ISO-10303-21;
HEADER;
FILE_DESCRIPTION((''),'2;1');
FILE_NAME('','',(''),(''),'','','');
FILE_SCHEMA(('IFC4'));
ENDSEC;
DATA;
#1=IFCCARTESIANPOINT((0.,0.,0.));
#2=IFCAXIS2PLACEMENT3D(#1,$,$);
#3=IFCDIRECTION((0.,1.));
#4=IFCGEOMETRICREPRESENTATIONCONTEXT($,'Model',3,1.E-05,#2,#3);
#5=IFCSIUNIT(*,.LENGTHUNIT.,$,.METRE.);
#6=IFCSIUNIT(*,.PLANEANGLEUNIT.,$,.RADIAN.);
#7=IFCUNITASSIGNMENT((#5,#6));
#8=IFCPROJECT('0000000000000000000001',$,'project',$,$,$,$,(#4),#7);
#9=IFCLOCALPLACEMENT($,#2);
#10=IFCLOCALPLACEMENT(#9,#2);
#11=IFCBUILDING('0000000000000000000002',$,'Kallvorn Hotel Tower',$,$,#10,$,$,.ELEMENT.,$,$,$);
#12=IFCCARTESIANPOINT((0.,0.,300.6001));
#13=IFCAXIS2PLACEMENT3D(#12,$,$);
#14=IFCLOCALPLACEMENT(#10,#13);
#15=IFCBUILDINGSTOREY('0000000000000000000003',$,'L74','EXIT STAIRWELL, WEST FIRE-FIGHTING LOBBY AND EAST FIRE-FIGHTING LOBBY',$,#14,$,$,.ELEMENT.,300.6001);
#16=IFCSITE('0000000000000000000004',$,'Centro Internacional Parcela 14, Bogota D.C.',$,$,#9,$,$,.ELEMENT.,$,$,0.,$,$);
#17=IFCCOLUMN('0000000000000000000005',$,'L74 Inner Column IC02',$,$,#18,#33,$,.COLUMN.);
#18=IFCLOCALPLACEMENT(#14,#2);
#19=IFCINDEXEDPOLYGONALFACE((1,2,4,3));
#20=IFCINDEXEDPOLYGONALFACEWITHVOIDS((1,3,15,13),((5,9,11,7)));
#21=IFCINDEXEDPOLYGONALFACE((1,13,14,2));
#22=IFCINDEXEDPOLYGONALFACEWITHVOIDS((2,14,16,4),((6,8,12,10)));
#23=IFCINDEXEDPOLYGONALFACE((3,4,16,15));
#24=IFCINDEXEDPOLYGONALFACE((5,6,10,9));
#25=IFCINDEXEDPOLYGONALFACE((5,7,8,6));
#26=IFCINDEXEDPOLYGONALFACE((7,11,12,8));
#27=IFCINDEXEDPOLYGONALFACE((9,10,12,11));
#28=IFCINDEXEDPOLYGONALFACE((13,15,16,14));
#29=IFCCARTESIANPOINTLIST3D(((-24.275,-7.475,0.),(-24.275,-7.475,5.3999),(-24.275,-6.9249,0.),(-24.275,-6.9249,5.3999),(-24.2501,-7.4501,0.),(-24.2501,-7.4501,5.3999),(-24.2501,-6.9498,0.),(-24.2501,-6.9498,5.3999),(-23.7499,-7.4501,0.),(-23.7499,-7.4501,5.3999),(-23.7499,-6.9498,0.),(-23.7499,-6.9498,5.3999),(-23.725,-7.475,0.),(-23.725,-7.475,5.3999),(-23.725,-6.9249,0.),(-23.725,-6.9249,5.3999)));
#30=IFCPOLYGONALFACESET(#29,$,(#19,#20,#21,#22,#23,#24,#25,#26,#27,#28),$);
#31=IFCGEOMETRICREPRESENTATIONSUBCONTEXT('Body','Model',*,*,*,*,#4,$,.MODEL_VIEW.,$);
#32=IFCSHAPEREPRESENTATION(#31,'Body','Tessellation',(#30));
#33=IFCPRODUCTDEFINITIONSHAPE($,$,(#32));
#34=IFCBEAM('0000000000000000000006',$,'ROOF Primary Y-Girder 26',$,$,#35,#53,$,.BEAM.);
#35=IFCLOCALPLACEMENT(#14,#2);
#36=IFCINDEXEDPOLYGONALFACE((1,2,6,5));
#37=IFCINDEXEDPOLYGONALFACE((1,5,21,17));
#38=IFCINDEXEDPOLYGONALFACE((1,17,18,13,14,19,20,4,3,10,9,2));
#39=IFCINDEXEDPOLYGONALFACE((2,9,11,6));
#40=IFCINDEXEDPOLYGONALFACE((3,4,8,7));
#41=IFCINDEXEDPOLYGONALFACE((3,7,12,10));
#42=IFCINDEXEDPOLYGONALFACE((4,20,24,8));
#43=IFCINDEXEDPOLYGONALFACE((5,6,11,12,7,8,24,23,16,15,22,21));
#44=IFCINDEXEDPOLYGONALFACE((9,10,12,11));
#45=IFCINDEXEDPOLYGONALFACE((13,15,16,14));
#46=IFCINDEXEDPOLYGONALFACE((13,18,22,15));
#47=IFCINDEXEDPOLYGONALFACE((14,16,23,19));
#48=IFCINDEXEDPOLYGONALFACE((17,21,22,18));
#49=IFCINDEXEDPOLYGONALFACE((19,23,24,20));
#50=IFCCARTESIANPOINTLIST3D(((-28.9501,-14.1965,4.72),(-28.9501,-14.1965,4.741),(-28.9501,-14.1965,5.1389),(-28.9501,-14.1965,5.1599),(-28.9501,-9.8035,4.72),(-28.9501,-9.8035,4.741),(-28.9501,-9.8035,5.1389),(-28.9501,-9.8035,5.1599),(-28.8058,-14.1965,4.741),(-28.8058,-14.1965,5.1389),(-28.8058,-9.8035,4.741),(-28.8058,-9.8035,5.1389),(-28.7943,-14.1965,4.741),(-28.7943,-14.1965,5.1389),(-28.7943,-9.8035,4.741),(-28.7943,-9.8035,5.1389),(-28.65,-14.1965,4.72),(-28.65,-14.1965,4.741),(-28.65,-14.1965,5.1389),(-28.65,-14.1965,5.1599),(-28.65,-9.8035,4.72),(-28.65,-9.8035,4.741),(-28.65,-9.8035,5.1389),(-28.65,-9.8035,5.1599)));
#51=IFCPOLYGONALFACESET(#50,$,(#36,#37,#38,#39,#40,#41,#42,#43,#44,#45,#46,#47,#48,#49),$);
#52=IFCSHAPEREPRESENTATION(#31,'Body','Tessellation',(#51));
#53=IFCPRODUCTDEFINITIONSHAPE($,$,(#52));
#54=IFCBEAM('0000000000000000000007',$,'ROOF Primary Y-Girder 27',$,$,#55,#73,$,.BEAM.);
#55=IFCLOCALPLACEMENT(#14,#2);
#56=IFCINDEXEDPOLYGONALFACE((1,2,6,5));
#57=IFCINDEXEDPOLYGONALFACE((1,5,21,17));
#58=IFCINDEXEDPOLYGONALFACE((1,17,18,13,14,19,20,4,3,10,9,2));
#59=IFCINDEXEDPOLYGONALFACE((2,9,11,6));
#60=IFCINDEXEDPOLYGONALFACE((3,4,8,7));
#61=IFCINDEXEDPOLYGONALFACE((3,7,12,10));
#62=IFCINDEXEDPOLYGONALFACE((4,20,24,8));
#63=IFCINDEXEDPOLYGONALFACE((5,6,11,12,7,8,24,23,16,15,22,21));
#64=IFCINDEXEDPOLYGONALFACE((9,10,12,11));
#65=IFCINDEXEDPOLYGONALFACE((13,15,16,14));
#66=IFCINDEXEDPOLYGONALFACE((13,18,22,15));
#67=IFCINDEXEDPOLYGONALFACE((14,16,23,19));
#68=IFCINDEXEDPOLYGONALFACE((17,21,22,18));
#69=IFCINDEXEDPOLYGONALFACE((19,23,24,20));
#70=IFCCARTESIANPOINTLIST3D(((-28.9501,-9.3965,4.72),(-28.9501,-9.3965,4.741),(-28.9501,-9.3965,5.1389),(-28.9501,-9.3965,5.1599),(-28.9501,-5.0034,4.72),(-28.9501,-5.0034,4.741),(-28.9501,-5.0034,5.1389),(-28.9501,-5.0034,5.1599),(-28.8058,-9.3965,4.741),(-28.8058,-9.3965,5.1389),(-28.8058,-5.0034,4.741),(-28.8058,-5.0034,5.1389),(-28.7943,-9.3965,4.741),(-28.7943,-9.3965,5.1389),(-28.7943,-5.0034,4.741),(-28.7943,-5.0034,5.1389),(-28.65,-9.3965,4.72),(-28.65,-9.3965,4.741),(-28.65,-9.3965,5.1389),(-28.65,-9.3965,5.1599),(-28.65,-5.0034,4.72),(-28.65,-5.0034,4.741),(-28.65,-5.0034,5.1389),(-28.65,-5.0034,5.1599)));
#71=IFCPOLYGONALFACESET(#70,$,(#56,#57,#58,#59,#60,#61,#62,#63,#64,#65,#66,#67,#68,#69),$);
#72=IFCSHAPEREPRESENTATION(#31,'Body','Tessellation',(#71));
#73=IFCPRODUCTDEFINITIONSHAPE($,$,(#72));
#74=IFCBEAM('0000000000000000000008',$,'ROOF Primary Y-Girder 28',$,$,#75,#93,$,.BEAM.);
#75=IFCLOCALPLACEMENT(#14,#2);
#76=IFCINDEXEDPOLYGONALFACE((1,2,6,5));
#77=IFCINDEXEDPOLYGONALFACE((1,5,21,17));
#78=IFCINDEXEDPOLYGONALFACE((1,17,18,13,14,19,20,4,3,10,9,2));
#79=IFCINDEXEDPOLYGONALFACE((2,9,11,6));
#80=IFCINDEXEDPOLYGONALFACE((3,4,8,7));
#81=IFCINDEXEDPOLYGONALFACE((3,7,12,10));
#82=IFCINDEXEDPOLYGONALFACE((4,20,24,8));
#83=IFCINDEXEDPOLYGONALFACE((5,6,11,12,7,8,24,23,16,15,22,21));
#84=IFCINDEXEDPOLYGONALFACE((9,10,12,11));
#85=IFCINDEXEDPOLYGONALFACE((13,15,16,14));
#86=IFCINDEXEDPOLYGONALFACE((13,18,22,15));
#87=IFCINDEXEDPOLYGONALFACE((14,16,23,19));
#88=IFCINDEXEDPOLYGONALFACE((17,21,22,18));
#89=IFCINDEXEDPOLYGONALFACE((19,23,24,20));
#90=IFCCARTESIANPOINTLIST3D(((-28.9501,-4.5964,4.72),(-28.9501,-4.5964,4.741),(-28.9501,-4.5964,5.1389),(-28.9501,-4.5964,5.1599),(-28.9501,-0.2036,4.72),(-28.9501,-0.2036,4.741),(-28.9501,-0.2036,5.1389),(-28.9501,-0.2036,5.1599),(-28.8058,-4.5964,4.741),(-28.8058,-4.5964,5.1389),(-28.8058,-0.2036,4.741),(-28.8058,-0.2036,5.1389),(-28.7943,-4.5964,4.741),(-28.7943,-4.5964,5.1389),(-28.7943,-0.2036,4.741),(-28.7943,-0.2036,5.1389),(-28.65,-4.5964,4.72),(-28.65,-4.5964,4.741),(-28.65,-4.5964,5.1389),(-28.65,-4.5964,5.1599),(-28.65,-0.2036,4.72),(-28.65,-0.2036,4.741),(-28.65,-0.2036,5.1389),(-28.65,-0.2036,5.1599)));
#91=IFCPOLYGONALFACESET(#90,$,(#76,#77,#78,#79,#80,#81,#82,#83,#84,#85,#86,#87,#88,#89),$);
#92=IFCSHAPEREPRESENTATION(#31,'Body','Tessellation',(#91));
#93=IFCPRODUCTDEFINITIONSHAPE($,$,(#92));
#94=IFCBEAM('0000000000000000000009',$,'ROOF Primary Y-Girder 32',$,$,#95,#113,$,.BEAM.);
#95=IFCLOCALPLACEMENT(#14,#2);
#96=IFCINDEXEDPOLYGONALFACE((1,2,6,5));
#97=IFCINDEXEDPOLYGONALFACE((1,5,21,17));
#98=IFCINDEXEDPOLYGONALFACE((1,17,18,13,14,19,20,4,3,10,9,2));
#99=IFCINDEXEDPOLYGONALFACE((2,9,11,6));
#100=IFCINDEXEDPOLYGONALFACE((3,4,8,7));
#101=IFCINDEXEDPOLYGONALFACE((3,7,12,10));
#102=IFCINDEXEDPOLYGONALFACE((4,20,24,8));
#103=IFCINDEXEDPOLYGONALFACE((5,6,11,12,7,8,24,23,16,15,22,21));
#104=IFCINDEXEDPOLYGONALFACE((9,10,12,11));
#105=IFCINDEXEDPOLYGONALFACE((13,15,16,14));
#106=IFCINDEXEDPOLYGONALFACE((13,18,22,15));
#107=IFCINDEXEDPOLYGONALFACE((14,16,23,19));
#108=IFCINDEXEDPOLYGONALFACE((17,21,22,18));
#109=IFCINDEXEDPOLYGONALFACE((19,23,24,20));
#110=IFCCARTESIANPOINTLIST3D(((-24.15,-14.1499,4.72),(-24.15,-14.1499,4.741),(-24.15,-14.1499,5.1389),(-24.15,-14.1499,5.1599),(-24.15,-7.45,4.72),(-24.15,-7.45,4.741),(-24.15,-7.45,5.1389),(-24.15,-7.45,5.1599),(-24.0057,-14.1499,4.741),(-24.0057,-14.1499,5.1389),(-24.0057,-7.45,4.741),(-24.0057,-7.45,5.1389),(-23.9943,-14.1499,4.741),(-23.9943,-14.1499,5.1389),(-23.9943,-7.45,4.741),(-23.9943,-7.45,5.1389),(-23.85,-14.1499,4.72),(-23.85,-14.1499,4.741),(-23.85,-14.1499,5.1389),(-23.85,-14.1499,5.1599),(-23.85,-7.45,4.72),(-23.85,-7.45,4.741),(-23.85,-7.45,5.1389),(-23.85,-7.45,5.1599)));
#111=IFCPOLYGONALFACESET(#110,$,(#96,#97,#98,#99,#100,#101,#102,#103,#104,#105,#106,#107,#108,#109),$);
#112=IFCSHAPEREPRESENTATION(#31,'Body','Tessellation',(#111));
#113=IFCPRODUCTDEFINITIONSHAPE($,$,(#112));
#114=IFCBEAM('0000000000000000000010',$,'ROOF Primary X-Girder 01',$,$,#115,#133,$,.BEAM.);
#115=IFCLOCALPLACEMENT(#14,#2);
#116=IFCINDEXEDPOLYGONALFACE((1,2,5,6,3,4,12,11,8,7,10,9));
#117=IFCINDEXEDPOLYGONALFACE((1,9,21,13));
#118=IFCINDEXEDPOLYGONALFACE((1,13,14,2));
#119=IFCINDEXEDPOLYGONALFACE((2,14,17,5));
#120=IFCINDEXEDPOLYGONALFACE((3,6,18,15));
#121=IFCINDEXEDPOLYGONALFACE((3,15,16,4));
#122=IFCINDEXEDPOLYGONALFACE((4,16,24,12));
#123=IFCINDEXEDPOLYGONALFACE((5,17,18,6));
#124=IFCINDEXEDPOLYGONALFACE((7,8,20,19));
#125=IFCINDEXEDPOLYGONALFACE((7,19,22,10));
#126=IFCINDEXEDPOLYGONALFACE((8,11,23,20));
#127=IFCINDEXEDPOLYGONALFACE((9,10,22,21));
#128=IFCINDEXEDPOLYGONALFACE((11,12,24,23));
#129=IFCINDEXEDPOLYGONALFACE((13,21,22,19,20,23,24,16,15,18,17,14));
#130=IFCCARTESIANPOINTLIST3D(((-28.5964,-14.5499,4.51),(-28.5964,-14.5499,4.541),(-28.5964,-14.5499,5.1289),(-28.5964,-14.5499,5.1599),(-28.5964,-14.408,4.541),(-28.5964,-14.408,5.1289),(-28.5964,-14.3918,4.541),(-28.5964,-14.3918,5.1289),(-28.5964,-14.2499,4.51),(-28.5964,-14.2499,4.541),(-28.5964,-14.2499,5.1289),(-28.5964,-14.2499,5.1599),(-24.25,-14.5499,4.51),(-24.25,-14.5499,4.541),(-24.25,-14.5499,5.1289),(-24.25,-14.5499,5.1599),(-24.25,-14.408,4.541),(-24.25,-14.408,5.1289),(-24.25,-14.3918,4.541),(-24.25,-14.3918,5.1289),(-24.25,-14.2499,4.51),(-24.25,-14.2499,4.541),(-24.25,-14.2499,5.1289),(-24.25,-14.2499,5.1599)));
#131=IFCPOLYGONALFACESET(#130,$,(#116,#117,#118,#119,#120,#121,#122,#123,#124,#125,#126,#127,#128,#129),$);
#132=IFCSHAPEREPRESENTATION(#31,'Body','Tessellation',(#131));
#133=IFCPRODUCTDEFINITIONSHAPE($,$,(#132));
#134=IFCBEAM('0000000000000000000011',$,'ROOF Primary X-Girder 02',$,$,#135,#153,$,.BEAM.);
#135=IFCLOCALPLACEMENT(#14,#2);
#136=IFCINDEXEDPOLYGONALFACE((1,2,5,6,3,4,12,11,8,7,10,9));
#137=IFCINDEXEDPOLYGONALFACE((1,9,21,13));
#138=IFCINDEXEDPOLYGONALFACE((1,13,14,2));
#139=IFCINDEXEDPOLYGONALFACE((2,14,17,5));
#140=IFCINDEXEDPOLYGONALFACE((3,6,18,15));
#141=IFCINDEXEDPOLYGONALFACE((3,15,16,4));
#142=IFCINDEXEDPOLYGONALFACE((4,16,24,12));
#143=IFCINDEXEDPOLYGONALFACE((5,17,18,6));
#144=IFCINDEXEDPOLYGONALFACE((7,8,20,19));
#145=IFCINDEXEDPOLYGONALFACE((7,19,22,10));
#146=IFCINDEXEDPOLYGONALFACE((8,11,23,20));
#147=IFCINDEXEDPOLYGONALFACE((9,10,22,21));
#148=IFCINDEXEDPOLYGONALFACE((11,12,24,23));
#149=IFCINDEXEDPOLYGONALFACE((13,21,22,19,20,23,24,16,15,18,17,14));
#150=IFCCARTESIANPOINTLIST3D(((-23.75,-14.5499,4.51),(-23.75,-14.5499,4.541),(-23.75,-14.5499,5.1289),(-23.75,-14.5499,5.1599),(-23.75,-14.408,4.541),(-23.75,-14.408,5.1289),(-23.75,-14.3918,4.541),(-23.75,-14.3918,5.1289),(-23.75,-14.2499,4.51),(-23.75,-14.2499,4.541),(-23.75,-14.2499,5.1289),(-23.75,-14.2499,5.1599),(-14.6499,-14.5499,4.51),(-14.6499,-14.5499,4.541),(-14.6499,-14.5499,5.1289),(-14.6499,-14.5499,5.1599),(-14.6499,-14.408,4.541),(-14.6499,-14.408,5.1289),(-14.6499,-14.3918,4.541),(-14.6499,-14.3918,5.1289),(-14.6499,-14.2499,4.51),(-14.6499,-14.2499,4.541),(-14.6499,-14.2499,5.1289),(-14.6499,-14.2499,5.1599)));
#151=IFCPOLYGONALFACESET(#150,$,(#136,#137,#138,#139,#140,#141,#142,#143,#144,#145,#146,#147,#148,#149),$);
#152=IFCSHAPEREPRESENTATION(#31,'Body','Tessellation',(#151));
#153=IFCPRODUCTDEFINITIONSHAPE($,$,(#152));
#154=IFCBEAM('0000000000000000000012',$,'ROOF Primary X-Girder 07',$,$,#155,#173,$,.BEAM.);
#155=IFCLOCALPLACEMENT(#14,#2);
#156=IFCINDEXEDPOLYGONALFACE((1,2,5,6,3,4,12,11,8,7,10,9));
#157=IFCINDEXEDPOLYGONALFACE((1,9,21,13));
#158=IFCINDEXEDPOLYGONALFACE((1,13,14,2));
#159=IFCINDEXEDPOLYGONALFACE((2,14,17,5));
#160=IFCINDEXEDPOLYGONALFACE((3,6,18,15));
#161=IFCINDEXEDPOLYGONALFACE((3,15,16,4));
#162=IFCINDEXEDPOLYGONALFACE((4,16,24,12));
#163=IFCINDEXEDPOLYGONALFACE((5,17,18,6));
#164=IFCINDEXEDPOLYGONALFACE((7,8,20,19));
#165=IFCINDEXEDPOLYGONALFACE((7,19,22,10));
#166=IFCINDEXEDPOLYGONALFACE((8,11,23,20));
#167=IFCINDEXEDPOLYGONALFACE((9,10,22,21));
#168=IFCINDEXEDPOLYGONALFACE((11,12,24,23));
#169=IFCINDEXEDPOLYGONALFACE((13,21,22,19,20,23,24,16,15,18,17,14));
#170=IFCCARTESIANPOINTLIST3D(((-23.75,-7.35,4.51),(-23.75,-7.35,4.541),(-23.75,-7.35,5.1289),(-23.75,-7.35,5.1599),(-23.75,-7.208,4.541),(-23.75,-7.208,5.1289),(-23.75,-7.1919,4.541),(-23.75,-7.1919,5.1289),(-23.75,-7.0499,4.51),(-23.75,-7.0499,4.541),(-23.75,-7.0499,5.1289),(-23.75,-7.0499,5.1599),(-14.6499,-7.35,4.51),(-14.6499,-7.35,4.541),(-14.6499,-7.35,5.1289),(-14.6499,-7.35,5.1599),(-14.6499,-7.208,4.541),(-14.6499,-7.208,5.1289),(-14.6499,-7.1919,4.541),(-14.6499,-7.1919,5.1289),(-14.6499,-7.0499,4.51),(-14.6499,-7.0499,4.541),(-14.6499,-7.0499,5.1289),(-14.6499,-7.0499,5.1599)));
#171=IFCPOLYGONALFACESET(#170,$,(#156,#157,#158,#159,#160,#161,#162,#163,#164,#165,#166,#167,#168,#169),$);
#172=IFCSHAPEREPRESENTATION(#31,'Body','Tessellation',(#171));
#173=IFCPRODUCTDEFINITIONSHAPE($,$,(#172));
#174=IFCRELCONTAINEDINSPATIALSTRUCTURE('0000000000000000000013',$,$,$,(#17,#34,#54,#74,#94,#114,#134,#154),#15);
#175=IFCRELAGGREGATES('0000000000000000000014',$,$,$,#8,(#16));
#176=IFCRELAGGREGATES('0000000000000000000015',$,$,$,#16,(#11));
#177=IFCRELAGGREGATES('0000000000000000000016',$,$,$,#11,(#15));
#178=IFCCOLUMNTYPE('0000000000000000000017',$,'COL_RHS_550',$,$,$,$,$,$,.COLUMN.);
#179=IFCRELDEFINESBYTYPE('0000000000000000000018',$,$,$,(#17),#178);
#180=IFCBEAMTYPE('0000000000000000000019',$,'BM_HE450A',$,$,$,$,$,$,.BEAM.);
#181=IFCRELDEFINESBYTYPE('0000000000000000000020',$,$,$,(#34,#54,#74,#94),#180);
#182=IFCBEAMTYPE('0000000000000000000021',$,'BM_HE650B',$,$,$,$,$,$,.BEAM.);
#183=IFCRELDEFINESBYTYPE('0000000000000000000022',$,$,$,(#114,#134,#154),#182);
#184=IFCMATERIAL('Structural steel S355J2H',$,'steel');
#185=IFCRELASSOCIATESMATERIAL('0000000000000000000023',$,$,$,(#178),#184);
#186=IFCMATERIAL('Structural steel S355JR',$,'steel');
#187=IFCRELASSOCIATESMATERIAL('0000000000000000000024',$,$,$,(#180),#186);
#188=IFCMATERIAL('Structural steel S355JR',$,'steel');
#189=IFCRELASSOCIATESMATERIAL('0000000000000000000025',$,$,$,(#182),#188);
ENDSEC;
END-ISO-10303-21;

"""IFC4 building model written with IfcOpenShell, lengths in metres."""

from ifc_helpers import new_model, si_unit, direction, frame, origin, origin_2d, place, context, subcontext, project, spatial, hollow_rectangle, i_section, extrude, material, material_profile, profile_set, type_object, element, save


model = new_model("IFC4")

# Units and contexts
model_context = context("Model", 3, precision=1e-05, world=origin(), true_north=direction((0.0, 1.0)))
body_context = subcontext(model_context, "Body", "Model", "MODEL_VIEW")
ifc_project = project(units=[si_unit("LENGTHUNIT", "METRE"), si_unit("PLANEANGLEUNIT", "RADIAN")], contexts=[model_context])

# Site, building, storey
site_placement = place(None, origin())
site = spatial("IfcSite", under=ifc_project, at=site_placement, Name="Centro Internacional Parcela 14, Bogota D.C.", CompositionType="ELEMENT", RefElevation=0.0)
building_placement = place(site_placement, origin())
building = spatial("IfcBuilding", under=site, at=building_placement, Name="Kallvorn Hotel Tower", CompositionType="ELEMENT")
storey_placement = place(building_placement, frame((0.0, 0.0, 300.6001)))
storey = spatial("IfcBuildingStorey", under=building, at=storey_placement, Name="L74", Description="EXIT STAIRWELL, WEST FIRE-FIGHTING LOBBY AND EAST FIRE-FIGHTING LOBBY", CompositionType="ELEMENT", Elevation=300.6001)

# Column
ifc_material_1 = material(Name="Structural steel S355J2H", Category="steel")
ifc_material_profile_1 = material_profile(ifc_material_1, hollow_rectangle(XDim=0.55, YDim=0.55, WallThickness=0.0249, at=origin_2d()), Name="RHS 550x550x25")
ifc_profile_set_1 = profile_set([ifc_material_profile_1], Name="Structural steel S355J2H")
column_type_1 = type_object("IfcColumnType", Name="COL_RHS_550", PredefinedType="COLUMN", material=ifc_profile_set_1)
for number, where, z_axis, x_axis, name in (
    (1, (-24.0, -7.2, 0.0), (0.0, 0.0, 1.0), (1.0, 0.0, 0.0), "L74 Inner Column IC02"),
):
    element("IfcColumn", number, at=place(storey_placement, frame(where, z_axis=z_axis, x_axis=x_axis)), inside=storey, type_object=column_type_1, Name=name, PredefinedType="COLUMN", context=body_context, shape_type="SweptSolid", body=[
        extrude(hollow_rectangle(XDim=0.55, YDim=0.55, WallThickness=0.0249, at=origin_2d()), origin(), (0.0, 0.0, 1.0), 5.3999),
    ])

# Beams
ifc_material_2 = material(Name="Structural steel S355JR", Category="steel")
ifc_material_profile_2 = material_profile(ifc_material_2, i_section(OverallWidth=0.3, OverallDepth=0.4399, WebThickness=0.0115, FlangeThickness=0.021, at=origin_2d()), Name="HE 450 A")
ifc_profile_set_2 = profile_set([ifc_material_profile_2], Name="Structural steel S355JR")
beam_type_1 = type_object("IfcBeamType", Name="BM_HE450A", PredefinedType="BEAM", material=ifc_profile_set_2)
for number, where, z_axis, x_axis, name in (
    (2, (-28.8, -14.1965, 4.9399), (0.0, 1.0, 0.0), (-1.0, 0.0, 0.0), "ROOF Primary Y-Girder 26"),
    (3, (-28.8, -9.3965, 4.9399), (0.0, 1.0, 0.0), (-1.0, 0.0, 0.0), "ROOF Primary Y-Girder 27"),
):
    element("IfcBeam", number, at=place(storey_placement, frame(where, z_axis=z_axis, x_axis=x_axis)), inside=storey, type_object=beam_type_1, Name=name, PredefinedType="BEAM", context=body_context, shape_type="SweptSolid", body=[
        extrude(i_section(OverallWidth=0.3, OverallDepth=0.4399, WebThickness=0.0115, FlangeThickness=0.021, at=origin_2d()), origin(), (0.0, 0.0, 1.0), 4.3931),
    ])
beam_1_placement = place(storey_placement, frame((-28.8, -4.5964, 4.9399), z_axis=(0.0, 1.0, 0.0), x_axis=(-1.0, 0.0, 0.0)))
element("IfcBeam", 4, at=beam_1_placement, inside=storey, type_object=beam_type_1, Name="ROOF Primary Y-Girder 28", PredefinedType="BEAM", context=body_context, shape_type="SweptSolid", body=[
    extrude(i_section(OverallWidth=0.3, OverallDepth=0.4399, WebThickness=0.0115, FlangeThickness=0.021, at=origin_2d()), origin(), (0.0, 0.0, 1.0), 4.3928),
])
beam_2_placement = place(storey_placement, frame((-24.0, -14.1499, 4.9399), z_axis=(0.0, 1.0, 0.0), x_axis=(-1.0, 0.0, 0.0)))
element("IfcBeam", 5, at=beam_2_placement, inside=storey, type_object=beam_type_1, Name="ROOF Primary Y-Girder 32", PredefinedType="BEAM", context=body_context, shape_type="SweptSolid", body=[
    extrude(i_section(OverallWidth=0.3, OverallDepth=0.4399, WebThickness=0.0115, FlangeThickness=0.021, at=origin_2d()), origin(), (0.0, 0.0, 1.0), 6.7),
])
ifc_material_3 = material(Name="Structural steel S355JR", Category="steel")
ifc_material_profile_3 = material_profile(ifc_material_3, i_section(OverallWidth=0.3, OverallDepth=0.6499, WebThickness=0.0161, FlangeThickness=0.031, at=origin_2d()), Name="HE 650 B")
ifc_profile_set_3 = profile_set([ifc_material_profile_3], Name="Structural steel S355JR")
beam_type_2 = type_object("IfcBeamType", Name="BM_HE650B", PredefinedType="BEAM", material=ifc_profile_set_3)
beam_3_placement = place(storey_placement, frame((-28.5964, -14.3999, 4.835), z_axis=(1.0, 0.0, 0.0), x_axis=(0.0, 1.0, 0.0)))
element("IfcBeam", 6, at=beam_3_placement, inside=storey, type_object=beam_type_2, Name="ROOF Primary X-Girder 01", PredefinedType="BEAM", context=body_context, shape_type="SweptSolid", body=[
    extrude(i_section(OverallWidth=0.3, OverallDepth=0.6499, WebThickness=0.0161, FlangeThickness=0.031, at=origin_2d()), origin(), (0.0, 0.0, 1.0), 4.3464),
])
for number, where, z_axis, x_axis, name in (
    (7, (-23.75, -14.3999, 4.835), (1.0, 0.0, 0.0), (0.0, 1.0, 0.0), "ROOF Primary X-Girder 02"),
    (8, (-23.75, -7.2, 4.835), (1.0, 0.0, 0.0), (0.0, 1.0, 0.0), "ROOF Primary X-Girder 07"),
):
    element("IfcBeam", number, at=place(storey_placement, frame(where, z_axis=z_axis, x_axis=x_axis)), inside=storey, type_object=beam_type_2, Name=name, PredefinedType="BEAM", context=body_context, shape_type="SweptSolid", body=[
        extrude(i_section(OverallWidth=0.3, OverallDepth=0.6499, WebThickness=0.0161, FlangeThickness=0.031, at=origin_2d()), origin(), (0.0, 0.0, 1.0), 9.1001),
    ])

save(model, "model.ifc")
